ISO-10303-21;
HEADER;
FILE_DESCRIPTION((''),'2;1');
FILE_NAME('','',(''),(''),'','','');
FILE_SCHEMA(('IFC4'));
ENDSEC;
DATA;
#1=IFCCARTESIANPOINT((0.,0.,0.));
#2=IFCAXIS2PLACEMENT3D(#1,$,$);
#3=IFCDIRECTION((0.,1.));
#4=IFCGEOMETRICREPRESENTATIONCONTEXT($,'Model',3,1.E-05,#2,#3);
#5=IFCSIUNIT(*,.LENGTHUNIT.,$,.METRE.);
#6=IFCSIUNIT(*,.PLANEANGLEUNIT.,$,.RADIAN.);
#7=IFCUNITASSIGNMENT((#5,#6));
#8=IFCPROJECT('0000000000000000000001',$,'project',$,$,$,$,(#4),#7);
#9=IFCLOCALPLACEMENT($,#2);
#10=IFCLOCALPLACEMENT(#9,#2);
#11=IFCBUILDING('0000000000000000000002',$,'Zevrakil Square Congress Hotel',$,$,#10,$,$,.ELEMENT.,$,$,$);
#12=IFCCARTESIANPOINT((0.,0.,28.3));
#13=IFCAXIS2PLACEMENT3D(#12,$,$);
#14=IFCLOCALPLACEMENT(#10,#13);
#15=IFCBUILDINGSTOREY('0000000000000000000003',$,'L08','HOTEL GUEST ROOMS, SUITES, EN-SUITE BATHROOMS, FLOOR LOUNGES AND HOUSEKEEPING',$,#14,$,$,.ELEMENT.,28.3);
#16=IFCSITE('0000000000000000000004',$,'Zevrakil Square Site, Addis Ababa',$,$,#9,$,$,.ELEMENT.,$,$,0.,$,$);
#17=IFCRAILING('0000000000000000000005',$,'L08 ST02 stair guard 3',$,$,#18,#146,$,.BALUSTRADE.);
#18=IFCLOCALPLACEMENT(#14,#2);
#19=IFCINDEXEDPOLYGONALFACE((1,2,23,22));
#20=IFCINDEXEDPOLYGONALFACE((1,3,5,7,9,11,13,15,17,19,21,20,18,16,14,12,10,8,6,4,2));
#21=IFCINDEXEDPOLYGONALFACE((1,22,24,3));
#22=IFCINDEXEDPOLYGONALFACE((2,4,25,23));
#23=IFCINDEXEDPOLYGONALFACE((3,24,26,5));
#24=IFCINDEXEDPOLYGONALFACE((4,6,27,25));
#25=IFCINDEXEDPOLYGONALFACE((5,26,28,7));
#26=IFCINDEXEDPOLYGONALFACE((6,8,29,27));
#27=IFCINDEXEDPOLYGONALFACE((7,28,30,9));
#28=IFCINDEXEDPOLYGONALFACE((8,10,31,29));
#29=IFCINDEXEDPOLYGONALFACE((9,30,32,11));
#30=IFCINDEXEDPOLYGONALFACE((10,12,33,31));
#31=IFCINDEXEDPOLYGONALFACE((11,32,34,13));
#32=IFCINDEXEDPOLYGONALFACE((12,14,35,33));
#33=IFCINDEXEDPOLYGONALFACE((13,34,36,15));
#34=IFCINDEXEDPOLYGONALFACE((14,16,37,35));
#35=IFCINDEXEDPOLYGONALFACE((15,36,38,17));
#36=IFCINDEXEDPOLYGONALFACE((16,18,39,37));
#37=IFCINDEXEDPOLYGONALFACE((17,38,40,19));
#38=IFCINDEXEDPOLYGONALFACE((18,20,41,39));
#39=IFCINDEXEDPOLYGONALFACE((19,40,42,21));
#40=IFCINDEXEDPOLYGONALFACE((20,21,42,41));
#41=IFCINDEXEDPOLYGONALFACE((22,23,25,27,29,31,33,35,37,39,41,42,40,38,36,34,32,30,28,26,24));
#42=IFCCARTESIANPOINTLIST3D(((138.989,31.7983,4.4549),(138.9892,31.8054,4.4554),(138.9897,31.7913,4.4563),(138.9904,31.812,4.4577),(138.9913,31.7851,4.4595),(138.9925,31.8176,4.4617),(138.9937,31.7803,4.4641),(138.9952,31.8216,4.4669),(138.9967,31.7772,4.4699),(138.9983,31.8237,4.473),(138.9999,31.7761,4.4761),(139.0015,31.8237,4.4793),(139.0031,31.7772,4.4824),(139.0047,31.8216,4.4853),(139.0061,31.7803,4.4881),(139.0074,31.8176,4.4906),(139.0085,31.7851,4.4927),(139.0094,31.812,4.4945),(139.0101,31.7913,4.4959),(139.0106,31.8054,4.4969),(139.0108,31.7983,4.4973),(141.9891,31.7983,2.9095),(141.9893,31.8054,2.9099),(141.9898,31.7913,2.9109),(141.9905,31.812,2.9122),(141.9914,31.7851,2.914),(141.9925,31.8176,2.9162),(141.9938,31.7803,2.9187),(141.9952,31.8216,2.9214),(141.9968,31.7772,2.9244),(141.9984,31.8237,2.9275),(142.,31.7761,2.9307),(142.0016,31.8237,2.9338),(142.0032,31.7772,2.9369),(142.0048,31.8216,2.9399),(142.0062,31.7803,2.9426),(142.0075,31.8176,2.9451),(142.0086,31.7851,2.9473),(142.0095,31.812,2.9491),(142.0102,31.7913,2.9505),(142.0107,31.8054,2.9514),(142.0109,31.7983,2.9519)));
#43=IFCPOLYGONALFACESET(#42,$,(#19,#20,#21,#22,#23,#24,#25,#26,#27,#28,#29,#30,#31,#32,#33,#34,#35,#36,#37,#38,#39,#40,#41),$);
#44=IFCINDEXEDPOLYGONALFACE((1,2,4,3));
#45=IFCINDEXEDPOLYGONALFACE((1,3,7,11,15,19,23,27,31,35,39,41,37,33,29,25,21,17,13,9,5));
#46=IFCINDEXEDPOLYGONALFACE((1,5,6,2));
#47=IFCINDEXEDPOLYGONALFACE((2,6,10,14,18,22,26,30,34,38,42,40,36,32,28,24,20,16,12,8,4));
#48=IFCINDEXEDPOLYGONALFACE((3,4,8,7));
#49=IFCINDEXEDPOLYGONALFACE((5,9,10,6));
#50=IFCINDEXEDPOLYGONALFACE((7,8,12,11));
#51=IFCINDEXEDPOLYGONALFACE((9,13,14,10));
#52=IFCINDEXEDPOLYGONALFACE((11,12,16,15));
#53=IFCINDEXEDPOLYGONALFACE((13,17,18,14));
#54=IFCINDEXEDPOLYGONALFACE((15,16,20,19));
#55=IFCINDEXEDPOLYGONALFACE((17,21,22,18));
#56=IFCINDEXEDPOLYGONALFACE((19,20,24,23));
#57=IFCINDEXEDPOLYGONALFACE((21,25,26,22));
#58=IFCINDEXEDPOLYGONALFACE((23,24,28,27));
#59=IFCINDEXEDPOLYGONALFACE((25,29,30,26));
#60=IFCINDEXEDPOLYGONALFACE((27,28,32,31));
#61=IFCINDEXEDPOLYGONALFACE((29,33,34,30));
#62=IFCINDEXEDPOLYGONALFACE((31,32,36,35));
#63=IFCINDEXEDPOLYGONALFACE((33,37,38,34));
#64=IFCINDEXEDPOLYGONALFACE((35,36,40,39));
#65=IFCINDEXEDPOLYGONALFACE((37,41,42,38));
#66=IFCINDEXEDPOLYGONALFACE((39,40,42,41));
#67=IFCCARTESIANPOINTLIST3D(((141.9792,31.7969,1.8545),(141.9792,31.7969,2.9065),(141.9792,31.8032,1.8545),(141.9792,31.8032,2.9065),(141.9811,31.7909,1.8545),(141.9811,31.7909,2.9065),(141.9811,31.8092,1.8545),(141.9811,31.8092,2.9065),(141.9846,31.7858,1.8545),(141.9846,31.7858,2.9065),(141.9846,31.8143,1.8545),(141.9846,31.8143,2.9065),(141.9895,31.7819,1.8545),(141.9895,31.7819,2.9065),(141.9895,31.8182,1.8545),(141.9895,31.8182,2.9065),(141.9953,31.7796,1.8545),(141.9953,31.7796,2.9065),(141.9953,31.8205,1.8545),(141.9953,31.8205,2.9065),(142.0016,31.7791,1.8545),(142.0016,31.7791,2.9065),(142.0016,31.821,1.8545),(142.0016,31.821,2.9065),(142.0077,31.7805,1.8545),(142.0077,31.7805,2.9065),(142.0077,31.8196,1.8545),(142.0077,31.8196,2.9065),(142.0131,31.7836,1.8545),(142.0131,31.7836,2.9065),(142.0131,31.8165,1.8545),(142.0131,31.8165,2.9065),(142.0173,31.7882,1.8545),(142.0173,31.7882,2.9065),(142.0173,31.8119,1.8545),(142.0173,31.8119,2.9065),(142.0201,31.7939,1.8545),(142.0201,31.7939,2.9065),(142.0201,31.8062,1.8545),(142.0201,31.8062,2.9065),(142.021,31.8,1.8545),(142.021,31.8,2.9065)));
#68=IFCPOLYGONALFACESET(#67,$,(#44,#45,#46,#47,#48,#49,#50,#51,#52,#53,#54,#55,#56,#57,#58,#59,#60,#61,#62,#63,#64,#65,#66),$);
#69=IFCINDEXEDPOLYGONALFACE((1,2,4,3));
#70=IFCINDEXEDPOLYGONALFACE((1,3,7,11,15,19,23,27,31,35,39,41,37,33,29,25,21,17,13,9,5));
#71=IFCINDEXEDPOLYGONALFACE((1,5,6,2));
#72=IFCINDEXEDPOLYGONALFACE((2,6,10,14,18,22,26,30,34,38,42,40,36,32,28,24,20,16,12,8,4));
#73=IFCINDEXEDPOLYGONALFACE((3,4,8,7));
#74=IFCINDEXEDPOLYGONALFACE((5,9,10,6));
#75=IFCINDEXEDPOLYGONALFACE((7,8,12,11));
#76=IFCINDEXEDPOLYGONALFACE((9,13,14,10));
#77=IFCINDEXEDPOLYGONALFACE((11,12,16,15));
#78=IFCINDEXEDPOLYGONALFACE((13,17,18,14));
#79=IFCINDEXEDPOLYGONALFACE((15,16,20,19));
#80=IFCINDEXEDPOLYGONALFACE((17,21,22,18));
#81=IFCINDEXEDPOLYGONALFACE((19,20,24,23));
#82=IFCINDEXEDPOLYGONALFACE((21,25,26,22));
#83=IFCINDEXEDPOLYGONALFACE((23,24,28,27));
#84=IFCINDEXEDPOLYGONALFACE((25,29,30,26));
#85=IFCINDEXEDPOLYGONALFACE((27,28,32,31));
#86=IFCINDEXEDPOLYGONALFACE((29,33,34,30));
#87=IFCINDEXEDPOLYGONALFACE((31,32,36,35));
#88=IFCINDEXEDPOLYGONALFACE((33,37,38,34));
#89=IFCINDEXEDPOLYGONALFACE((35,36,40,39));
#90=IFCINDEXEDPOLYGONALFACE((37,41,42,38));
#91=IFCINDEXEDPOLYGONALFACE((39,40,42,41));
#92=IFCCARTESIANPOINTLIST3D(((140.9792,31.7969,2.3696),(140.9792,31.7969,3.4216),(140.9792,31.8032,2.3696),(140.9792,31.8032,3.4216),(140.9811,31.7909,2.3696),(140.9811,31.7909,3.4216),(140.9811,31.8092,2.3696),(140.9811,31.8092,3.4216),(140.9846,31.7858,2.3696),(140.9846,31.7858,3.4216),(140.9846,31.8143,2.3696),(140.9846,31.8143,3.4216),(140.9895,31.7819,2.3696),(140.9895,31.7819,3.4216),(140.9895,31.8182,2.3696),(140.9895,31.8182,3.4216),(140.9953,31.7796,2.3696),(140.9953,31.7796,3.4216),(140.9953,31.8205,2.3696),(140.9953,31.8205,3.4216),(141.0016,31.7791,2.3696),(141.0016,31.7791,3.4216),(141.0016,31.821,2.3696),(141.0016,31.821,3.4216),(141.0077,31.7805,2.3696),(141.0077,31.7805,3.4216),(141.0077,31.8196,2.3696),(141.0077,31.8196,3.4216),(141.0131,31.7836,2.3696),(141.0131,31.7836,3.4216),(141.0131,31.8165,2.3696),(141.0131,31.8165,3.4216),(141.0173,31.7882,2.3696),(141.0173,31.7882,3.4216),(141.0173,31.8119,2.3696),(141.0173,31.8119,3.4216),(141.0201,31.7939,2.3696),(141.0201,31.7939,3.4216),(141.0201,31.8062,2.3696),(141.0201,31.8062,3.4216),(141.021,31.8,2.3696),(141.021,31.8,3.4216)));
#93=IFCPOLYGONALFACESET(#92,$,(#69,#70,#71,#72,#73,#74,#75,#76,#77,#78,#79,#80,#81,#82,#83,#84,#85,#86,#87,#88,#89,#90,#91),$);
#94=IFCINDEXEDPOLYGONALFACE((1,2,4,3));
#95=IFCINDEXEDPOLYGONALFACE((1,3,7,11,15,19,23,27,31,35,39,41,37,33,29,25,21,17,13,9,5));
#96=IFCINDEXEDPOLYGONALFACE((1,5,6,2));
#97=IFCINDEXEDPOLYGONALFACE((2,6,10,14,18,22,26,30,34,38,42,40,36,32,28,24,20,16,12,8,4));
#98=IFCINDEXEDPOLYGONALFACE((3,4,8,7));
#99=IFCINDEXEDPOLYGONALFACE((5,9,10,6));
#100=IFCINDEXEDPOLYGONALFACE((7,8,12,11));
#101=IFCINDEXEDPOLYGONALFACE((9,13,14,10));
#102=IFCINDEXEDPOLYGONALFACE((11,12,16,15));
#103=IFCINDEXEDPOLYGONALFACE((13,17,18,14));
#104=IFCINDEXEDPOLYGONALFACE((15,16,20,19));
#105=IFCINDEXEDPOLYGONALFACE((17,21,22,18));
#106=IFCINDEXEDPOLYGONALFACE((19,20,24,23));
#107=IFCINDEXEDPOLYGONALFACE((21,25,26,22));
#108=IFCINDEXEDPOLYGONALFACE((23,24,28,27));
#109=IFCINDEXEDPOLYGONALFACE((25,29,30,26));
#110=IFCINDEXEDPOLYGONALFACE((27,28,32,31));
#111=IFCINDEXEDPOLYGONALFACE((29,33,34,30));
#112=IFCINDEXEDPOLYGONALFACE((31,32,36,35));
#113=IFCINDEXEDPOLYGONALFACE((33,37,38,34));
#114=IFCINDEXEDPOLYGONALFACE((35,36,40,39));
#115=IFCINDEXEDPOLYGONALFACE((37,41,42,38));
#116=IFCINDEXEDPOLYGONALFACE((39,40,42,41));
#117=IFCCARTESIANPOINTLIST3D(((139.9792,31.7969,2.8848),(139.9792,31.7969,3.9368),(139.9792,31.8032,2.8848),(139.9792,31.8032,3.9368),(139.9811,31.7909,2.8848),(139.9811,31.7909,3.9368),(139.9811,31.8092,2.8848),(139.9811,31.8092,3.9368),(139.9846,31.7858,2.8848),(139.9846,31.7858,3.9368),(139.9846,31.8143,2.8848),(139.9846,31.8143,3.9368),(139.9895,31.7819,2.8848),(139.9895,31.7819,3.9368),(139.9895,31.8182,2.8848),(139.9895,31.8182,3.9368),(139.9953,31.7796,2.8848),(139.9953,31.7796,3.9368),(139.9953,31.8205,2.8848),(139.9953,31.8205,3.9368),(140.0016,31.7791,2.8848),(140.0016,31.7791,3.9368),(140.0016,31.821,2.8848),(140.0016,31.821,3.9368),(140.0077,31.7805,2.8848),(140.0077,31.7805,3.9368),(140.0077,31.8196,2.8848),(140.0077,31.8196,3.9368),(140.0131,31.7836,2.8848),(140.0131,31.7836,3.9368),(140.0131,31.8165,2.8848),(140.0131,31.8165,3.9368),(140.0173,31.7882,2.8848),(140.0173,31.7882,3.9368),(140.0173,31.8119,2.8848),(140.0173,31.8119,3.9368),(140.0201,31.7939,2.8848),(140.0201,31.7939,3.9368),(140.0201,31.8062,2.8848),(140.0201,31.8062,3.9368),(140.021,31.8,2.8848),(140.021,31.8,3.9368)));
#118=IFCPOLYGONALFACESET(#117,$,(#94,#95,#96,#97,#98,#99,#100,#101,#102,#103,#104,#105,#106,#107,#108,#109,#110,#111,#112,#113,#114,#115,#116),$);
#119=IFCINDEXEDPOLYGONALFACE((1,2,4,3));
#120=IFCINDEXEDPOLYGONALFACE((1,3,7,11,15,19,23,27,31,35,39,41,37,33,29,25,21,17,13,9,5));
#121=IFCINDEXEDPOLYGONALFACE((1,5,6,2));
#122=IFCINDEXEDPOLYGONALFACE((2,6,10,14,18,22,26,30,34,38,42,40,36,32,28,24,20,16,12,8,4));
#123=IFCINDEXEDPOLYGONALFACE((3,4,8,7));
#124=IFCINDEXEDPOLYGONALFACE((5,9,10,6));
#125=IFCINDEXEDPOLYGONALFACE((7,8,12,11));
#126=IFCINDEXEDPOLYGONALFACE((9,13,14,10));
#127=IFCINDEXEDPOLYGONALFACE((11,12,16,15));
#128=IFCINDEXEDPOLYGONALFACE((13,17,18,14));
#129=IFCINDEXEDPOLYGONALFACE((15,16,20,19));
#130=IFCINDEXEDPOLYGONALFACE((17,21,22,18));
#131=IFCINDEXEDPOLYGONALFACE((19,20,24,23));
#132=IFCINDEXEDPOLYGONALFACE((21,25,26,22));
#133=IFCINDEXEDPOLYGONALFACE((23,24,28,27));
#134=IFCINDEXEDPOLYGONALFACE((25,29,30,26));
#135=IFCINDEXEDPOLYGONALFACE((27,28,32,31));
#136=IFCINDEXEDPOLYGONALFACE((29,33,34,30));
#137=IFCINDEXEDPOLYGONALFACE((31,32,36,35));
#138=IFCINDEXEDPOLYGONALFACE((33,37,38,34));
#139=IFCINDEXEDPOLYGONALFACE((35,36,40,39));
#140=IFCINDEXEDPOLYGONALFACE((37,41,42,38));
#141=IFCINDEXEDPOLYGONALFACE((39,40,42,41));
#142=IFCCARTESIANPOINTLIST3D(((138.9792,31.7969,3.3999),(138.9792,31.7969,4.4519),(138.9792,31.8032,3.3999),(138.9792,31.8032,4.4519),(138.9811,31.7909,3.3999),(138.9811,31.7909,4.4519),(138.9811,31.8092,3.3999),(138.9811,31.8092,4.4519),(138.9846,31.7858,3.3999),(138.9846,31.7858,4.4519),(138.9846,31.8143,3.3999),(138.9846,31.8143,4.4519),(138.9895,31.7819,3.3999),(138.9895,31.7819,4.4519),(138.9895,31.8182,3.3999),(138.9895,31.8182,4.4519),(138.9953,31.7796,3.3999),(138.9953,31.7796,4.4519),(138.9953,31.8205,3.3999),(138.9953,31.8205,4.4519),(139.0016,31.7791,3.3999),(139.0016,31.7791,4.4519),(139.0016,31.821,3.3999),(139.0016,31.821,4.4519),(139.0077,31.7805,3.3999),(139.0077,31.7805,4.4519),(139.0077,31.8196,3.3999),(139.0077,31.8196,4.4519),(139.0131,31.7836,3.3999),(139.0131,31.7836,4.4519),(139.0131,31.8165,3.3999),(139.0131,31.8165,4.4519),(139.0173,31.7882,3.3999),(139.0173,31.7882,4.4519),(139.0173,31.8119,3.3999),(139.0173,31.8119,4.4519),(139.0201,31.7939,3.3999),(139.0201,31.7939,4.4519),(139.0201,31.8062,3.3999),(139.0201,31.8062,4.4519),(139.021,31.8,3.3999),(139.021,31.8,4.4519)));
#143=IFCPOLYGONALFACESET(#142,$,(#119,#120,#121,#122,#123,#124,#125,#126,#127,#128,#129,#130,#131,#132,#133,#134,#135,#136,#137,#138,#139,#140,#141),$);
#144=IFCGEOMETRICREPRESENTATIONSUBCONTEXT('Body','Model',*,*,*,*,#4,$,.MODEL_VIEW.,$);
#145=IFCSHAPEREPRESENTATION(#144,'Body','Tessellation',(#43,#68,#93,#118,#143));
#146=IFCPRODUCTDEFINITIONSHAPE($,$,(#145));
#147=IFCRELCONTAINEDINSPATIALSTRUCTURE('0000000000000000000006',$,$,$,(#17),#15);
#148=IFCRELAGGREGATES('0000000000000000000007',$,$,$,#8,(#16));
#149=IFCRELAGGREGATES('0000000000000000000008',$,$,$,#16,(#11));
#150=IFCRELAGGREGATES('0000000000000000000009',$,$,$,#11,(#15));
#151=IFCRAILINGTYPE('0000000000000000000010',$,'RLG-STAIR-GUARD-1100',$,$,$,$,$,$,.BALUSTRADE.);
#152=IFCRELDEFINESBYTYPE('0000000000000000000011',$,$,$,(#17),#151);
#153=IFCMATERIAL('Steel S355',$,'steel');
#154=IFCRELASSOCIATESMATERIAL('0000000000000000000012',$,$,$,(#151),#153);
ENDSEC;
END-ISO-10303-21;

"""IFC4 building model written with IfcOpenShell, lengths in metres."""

from ifc_helpers import new_model, si_unit, direction, frame, origin, origin_2d, place, context, subcontext, project, spatial, circle, extrude, material, type_object, element, save


model = new_model("IFC4")

# Units and contexts
model_context = context("Model", 3, precision=1e-05, world=origin(), true_north=direction((0.0, 1.0)))
body_context = subcontext(model_context, "Body", "Model", "MODEL_VIEW")
ifc_project = project(units=[si_unit("LENGTHUNIT", "METRE"), si_unit("PLANEANGLEUNIT", "RADIAN")], contexts=[model_context])

# Site, building, storey
site_placement = place(None, origin())
site = spatial("IfcSite", under=ifc_project, at=site_placement, Name="Zevrakil Square Site, Addis Ababa", CompositionType="ELEMENT", RefElevation=0.0)
building_placement = place(site_placement, origin())
building = spatial("IfcBuilding", under=site, at=building_placement, Name="Zevrakil Square Congress Hotel", CompositionType="ELEMENT")
storey_placement = place(building_placement, frame((0.0, 0.0, 28.3)))
storey = spatial("IfcBuildingStorey", under=building, at=storey_placement, Name="L08", Description="HOTEL GUEST ROOMS, SUITES, EN-SUITE BATHROOMS, FLOOR LOUNGES AND HOUSEKEEPING", CompositionType="ELEMENT", Elevation=28.3)

# Railing
ifc_material_1 = material(Name="Steel S355", Category="steel")
railing_type_1 = type_object("IfcRailingType", Name="RLG-STAIR-GUARD-1100", PredefinedType="BALUSTRADE", material=ifc_material_1)
railing_1_placement = place(storey_placement, frame((142.0, 31.8, 1.8545)))
element("IfcRailing", 1, at=railing_1_placement, inside=storey, type_object=railing_type_1, Name="L08 ST02 stair guard 3", PredefinedType="BALUSTRADE", context=body_context, shape_type="SweptSolid", body=[
    extrude(circle(Radius=0.0239, at=origin_2d()), frame((0.0, 0.0, 1.0762), z_axis=(-0.88898, 0.0, 0.457946), x_axis=(0.0, -1.0, 0.0)), (0.0, 0.0, 1.0), 3.3748),
    extrude(circle(Radius=0.021, at=origin_2d()), origin(), (0.0, 0.0, 1.0), 1.052),
    extrude(circle(Radius=0.021, at=origin_2d()), frame((-1.0, 0.0, 0.5151)), (0.0, 0.0, 1.0), 1.052),
    extrude(circle(Radius=0.021, at=origin_2d()), frame((-2.0, 0.0, 1.0303)), (0.0, 0.0, 1.0), 1.052),
    extrude(circle(Radius=0.021, at=origin_2d()), frame((-3.0, 0.0, 1.5454)), (0.0, 0.0, 1.0), 1.052),
])

save(model, "model.ifc")
